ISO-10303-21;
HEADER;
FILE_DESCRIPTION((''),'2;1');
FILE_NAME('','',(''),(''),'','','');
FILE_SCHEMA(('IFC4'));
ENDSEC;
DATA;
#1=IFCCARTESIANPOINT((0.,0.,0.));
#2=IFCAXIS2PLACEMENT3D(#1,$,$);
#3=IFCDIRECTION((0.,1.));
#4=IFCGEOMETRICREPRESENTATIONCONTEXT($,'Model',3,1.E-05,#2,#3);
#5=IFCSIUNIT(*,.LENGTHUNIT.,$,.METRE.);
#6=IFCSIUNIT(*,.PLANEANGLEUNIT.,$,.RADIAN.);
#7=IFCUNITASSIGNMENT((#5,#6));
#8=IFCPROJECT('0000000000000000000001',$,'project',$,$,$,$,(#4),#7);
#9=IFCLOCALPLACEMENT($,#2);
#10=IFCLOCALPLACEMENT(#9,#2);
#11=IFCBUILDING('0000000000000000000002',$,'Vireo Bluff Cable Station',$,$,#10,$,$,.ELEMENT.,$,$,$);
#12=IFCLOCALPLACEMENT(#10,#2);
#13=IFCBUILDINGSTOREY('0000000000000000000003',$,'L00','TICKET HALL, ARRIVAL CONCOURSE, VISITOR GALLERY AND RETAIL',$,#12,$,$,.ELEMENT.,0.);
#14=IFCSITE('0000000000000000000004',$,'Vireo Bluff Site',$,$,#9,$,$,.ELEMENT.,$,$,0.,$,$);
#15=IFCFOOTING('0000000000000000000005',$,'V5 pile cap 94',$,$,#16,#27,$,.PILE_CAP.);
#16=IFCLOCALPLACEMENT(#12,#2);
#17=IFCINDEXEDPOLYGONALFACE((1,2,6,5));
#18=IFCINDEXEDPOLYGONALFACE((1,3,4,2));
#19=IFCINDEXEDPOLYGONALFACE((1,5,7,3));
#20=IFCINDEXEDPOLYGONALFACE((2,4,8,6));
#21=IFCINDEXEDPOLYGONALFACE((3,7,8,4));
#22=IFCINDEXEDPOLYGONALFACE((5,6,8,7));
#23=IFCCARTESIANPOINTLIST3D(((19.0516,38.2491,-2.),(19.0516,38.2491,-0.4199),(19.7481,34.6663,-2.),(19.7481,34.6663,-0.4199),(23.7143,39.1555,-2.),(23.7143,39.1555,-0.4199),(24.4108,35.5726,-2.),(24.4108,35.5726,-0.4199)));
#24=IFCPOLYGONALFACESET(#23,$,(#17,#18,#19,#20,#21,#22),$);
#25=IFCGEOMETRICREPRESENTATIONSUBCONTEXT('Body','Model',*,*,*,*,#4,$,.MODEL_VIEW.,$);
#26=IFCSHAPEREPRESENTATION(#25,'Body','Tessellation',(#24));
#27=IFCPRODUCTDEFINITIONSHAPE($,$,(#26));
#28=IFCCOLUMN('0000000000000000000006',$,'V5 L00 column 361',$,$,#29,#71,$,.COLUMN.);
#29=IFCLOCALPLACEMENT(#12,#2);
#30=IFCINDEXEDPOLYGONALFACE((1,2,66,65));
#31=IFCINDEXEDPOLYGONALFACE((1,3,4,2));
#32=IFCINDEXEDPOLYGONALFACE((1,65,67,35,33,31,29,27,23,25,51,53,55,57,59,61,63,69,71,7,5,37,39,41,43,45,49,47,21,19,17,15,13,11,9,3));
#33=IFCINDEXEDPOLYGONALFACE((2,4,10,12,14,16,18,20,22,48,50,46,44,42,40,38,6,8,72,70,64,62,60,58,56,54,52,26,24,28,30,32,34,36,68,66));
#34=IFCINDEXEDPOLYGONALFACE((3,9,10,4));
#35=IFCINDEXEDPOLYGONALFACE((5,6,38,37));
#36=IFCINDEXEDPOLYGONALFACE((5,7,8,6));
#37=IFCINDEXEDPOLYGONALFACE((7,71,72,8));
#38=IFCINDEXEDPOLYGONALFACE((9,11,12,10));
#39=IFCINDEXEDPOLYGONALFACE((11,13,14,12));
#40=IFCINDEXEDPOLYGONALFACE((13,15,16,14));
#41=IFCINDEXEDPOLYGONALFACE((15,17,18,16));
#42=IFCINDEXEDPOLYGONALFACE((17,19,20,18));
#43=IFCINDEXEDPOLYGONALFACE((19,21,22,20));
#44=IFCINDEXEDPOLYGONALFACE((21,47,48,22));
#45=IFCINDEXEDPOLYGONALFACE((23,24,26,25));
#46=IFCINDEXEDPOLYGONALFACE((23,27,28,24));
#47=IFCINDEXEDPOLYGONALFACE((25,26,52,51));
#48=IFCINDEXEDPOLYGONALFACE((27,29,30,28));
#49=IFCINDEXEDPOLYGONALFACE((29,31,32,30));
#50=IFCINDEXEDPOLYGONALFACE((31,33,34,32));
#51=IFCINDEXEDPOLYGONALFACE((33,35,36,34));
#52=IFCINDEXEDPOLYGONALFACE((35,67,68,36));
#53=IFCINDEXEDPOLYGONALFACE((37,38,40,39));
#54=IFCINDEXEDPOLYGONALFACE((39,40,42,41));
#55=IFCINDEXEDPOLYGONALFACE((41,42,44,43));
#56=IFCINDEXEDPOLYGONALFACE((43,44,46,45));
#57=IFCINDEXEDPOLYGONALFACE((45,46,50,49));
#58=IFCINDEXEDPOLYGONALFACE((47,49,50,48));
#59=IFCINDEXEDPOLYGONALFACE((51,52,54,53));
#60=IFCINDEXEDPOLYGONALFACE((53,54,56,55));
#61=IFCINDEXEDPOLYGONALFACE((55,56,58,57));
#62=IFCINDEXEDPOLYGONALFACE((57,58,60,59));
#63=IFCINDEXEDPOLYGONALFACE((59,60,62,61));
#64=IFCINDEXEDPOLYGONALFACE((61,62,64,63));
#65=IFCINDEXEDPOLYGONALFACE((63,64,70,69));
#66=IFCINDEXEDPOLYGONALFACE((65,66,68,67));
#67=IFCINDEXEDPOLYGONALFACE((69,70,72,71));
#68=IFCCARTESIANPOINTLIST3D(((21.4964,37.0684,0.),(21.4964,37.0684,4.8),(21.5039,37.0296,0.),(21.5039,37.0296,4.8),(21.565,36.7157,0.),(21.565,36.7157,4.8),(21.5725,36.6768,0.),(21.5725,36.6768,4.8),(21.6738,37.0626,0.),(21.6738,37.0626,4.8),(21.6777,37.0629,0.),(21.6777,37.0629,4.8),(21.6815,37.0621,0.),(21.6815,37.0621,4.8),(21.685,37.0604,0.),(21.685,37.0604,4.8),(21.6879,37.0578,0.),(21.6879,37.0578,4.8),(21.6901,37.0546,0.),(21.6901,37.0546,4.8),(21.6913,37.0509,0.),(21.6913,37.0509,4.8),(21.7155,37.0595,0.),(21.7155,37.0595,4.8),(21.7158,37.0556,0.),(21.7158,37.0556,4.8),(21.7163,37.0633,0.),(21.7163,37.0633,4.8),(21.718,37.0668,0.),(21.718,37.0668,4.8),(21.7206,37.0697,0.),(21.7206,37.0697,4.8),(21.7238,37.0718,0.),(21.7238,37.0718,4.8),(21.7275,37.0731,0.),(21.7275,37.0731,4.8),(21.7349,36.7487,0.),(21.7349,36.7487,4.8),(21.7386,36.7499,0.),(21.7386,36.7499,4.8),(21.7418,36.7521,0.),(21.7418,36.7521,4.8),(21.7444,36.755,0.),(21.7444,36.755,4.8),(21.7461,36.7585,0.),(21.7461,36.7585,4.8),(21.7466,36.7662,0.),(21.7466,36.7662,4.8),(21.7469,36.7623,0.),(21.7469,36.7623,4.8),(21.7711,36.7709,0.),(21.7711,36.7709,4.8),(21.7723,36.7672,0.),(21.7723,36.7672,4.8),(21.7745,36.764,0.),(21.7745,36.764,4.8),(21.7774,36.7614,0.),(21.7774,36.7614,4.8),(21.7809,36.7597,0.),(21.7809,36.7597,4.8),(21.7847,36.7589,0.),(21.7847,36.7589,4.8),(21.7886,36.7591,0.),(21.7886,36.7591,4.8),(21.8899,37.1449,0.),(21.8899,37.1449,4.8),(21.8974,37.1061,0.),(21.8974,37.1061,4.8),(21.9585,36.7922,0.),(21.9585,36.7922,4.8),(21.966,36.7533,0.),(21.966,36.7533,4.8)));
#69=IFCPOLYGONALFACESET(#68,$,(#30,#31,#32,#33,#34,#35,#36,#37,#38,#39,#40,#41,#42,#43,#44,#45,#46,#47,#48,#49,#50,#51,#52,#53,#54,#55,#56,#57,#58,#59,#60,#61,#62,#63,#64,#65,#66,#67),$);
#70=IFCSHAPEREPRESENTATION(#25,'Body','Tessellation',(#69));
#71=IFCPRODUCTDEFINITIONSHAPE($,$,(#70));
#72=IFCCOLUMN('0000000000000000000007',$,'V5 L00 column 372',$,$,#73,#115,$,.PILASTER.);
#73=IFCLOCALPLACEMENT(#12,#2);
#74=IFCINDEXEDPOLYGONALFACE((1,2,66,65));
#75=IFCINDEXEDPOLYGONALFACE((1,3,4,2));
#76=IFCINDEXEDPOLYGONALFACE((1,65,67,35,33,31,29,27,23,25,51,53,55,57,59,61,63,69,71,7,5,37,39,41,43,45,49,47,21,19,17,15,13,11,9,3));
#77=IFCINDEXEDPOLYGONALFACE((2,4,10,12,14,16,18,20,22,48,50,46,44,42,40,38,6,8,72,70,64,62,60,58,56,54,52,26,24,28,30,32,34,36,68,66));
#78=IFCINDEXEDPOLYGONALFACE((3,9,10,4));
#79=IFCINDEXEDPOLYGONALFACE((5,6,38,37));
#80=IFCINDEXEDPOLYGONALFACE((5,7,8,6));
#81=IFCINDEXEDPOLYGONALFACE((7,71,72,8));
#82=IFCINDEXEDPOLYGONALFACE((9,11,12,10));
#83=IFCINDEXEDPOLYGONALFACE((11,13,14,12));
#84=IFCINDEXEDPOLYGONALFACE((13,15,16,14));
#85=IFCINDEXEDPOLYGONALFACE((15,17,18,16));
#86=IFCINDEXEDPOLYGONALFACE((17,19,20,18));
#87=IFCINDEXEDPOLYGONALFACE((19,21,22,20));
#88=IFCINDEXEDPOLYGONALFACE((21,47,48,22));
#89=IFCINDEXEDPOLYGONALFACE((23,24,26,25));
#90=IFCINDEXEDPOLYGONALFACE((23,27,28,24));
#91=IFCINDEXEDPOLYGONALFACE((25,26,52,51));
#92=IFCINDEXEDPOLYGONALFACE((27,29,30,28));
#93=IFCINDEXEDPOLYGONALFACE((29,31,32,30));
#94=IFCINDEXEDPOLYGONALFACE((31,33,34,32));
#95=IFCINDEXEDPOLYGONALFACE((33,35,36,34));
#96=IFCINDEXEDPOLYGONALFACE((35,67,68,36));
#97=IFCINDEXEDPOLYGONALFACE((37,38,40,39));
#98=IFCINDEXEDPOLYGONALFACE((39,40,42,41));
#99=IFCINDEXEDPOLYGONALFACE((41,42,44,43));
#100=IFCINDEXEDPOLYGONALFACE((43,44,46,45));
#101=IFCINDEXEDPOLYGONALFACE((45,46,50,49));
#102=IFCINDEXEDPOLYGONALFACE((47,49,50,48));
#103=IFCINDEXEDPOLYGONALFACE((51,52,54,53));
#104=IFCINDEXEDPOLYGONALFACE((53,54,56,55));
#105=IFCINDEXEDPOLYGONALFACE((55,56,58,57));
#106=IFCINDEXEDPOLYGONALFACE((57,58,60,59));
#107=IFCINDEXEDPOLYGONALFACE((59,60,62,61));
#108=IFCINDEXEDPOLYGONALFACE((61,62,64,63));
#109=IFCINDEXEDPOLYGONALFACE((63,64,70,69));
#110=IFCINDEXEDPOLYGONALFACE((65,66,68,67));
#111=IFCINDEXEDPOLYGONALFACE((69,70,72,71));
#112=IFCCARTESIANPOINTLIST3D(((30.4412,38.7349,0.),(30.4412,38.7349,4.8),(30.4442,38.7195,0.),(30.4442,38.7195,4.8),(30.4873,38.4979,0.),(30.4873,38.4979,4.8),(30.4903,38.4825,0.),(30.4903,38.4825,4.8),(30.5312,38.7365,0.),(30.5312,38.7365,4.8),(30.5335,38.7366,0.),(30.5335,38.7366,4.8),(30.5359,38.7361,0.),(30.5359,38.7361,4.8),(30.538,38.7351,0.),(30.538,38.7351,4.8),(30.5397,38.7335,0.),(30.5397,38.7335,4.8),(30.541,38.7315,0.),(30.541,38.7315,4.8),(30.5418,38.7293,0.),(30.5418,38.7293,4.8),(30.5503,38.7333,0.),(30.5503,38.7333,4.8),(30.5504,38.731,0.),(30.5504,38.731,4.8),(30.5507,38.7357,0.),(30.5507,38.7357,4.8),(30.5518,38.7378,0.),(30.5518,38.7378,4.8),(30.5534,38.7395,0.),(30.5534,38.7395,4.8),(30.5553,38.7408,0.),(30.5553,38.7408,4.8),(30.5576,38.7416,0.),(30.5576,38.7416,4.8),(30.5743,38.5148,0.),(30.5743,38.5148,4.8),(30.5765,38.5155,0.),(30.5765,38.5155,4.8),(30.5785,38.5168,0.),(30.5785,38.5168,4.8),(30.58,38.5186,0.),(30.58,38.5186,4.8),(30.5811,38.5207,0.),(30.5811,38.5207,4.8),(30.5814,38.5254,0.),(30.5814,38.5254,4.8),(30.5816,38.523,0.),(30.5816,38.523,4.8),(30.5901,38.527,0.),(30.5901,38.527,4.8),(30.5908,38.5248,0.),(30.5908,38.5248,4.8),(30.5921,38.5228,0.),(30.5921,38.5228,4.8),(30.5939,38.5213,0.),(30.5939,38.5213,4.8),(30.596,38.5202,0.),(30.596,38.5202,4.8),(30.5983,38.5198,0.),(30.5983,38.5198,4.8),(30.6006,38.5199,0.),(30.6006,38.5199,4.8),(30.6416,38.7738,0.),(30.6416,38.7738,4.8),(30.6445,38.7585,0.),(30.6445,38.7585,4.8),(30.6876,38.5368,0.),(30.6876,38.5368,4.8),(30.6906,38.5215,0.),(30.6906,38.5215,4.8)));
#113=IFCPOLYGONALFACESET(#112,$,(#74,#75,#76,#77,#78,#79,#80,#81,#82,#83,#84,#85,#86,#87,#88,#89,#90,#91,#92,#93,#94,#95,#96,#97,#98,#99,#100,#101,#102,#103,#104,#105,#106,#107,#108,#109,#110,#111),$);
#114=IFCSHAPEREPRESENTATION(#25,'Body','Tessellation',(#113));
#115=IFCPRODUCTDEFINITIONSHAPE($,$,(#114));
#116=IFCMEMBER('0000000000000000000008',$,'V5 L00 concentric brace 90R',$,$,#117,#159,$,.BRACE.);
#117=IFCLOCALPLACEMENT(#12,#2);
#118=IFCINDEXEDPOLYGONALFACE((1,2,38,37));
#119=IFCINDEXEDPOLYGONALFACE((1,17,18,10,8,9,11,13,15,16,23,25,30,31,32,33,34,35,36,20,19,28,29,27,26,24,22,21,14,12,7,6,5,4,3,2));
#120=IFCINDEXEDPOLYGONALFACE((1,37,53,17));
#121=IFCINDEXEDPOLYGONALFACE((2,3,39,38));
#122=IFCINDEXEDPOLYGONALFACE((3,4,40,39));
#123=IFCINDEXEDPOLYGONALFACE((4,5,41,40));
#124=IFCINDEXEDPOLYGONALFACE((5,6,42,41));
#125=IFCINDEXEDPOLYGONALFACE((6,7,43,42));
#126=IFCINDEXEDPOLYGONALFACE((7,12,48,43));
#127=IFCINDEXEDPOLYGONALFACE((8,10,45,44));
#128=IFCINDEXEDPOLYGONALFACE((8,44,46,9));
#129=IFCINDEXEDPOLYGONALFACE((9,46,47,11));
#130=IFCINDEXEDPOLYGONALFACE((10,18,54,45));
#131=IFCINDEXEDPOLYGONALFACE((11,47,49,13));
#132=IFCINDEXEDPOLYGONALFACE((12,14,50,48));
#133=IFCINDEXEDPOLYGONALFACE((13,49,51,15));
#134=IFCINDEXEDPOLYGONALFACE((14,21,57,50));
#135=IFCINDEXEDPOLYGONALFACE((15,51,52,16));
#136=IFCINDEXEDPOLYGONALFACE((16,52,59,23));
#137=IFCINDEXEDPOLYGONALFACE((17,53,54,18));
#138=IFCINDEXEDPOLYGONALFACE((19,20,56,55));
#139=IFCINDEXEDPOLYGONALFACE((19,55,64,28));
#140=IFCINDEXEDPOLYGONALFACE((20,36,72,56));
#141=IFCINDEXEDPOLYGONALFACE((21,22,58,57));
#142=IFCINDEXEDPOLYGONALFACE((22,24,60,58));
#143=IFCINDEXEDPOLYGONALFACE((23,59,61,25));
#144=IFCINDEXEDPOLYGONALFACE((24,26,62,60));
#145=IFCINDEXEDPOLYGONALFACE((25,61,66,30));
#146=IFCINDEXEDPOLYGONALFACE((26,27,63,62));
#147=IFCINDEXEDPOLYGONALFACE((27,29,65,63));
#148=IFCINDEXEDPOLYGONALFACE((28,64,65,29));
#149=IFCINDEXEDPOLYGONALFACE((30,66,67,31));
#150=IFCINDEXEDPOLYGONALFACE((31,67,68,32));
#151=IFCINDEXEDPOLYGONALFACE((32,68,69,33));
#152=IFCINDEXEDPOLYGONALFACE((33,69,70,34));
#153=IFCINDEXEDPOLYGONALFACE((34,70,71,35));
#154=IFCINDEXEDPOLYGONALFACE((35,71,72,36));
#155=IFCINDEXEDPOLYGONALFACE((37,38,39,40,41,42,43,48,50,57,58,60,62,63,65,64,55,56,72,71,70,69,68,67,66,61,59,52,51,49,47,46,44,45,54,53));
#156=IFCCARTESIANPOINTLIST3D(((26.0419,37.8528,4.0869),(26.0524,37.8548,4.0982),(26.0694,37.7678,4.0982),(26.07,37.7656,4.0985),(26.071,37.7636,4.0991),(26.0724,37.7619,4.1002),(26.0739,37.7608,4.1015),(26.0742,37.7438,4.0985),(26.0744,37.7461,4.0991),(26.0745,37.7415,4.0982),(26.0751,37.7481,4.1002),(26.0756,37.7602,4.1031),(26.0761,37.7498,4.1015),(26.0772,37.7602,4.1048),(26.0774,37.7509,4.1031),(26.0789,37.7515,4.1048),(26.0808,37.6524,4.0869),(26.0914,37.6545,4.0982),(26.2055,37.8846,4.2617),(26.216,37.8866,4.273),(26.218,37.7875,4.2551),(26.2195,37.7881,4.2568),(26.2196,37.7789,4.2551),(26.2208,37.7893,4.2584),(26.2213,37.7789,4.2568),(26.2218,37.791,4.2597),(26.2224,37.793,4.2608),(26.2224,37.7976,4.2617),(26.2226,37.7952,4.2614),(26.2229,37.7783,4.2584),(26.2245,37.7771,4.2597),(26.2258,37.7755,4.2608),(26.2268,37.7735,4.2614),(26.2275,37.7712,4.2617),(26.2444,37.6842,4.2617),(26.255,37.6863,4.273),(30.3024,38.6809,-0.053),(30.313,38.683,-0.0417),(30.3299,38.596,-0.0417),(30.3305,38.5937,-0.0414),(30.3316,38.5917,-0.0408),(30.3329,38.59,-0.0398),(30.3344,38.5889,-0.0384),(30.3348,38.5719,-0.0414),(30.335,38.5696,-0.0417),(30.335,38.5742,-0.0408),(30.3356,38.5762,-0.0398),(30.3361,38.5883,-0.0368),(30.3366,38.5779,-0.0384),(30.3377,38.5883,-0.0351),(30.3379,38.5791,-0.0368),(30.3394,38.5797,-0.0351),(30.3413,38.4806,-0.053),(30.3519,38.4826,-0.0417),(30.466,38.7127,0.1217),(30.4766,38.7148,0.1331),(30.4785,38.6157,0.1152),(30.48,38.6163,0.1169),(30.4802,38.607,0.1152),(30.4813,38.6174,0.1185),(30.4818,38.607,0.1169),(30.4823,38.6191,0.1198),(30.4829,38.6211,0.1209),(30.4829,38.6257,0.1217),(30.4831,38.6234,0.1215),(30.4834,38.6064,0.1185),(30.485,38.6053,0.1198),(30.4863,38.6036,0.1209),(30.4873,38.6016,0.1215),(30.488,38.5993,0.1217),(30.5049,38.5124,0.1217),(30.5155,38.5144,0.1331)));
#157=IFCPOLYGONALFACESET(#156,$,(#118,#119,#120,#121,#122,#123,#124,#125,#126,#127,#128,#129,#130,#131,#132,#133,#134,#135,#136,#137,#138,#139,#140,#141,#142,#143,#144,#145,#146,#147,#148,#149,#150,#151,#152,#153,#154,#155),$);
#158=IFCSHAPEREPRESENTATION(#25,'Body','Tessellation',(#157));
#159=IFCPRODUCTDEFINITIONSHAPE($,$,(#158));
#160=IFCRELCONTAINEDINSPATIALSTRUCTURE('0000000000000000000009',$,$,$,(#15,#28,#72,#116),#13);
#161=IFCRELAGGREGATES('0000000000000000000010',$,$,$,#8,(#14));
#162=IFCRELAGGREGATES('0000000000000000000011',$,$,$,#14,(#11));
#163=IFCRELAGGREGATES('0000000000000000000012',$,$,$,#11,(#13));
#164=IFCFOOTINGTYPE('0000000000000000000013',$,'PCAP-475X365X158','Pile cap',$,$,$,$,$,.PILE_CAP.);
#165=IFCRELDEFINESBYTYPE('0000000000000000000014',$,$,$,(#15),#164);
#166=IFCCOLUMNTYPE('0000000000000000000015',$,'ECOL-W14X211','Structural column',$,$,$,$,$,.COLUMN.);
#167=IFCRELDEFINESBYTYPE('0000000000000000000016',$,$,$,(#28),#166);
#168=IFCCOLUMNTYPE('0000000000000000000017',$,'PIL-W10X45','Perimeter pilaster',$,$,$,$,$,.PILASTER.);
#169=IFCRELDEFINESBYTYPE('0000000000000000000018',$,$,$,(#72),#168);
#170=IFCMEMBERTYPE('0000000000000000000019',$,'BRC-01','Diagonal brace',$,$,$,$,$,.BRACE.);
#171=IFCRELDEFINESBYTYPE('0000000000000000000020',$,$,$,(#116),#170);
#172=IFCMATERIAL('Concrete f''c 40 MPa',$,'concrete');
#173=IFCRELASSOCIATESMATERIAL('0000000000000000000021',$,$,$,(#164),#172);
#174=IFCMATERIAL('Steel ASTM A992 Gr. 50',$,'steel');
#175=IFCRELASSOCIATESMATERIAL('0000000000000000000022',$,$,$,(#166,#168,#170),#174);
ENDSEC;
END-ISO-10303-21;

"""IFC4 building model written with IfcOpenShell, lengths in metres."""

from ifc_helpers import new_model, si_unit, direction, frame, origin, origin_2d, place, context, subcontext, project, spatial, rectangle, i_section, extrude, material, material_profile, profile_set, type_object, element, save


model = new_model("IFC4")

# Units and contexts
model_context = context("Model", 3, precision=1e-05, world=origin(), true_north=direction((0.0, 1.0)))
body_context = subcontext(model_context, "Body", "Model", "MODEL_VIEW")
ifc_project = project(units=[si_unit("LENGTHUNIT", "METRE"), si_unit("PLANEANGLEUNIT", "RADIAN")], contexts=[model_context])

# Site, building, storey
site_placement = place(None, origin())
site = spatial("IfcSite", under=ifc_project, at=site_placement, Name="Vireo Bluff Site", CompositionType="ELEMENT", RefElevation=0.0)
building_placement = place(site_placement, origin())
building = spatial("IfcBuilding", under=site, at=building_placement, Name="Vireo Bluff Cable Station", CompositionType="ELEMENT")
storey_placement = place(building_placement, origin())
storey = spatial("IfcBuildingStorey", under=building, at=storey_placement, Name="L00", Description="TICKET HALL, ARRIVAL CONCOURSE, VISITOR GALLERY AND RETAIL", CompositionType="ELEMENT", Elevation=0.0)

# Footing
ifc_material_1 = material(Name="Concrete f'c 40 MPa", Category="concrete")
footing_type_1 = type_object("IfcFootingType", Name="PCAP-475X365X158", Description="Pile cap", PredefinedType="PILE_CAP", material=ifc_material_1)
footing_1_placement = place(storey_placement, frame((21.7312, 36.9109, -2.0), z_axis=(0.0, 0.0, 1.0), x_axis=(0.981627, 0.190809, 0.0)))
element("IfcFooting", 1, at=footing_1_placement, inside=storey, type_object=footing_type_1, Name="V5 pile cap 94", PredefinedType="PILE_CAP", context=body_context, shape_type="SweptSolid", body=[
    extrude(rectangle(XDim=4.75, YDim=3.6499, at=origin_2d()), origin(), (0.0, 0.0, 1.0), 1.5801),
])

# Columns
ifc_material_2 = material(Name="Steel ASTM A992 Gr. 50", Category="steel")
ifc_material_profile_1 = material_profile(ifc_material_2, i_section(OverallWidth=0.4009, OverallDepth=0.3989, WebThickness=0.0249, FlangeThickness=0.0396, FilletRadius=0.0149, at=origin_2d()), Name="W14X211")
ifc_profile_set_1 = profile_set([ifc_material_profile_1], Name="Steel ASTM A992 Gr. 50")
column_type_1 = type_object("IfcColumnType", Name="ECOL-W14X211", Description="Structural column", PredefinedType="COLUMN", material=ifc_profile_set_1)
column_1_placement = place(storey_placement, frame((21.7312, 36.9109, 0.0), z_axis=(0.0, 0.0, 1.0), x_axis=(0.981627, 0.190809, 0.0)))
element("IfcColumn", 2, at=column_1_placement, inside=storey, type_object=column_type_1, Name="V5 L00 column 361", PredefinedType="COLUMN", context=body_context, shape_type="SweptSolid", body=[
    extrude(i_section(OverallWidth=0.4009, OverallDepth=0.3989, WebThickness=0.0249, FlangeThickness=0.0396, FilletRadius=0.0149, at=origin_2d()), origin(), (0.0, 0.0, 1.0), 4.8),
])
ifc_material_profile_2 = material_profile(ifc_material_2, i_section(OverallWidth=0.2041, OverallDepth=0.2571, WebThickness=0.0088, FlangeThickness=0.0156, FilletRadius=0.009, at=origin_2d()), Name="W10X45")
ifc_profile_set_2 = profile_set([ifc_material_profile_2], Name="Steel ASTM A992 Gr. 50")
column_type_2 = type_object("IfcColumnType", Name="PIL-W10X45", Description="Perimeter pilaster", PredefinedType="PILASTER", material=ifc_profile_set_2)
column_2_placement = place(storey_placement, frame((30.5659, 38.6282, 0.0), z_axis=(0.0, 0.0, 1.0), x_axis=(0.981627, 0.190809, 0.0)))
element("IfcColumn", 3, at=column_2_placement, inside=storey, type_object=column_type_2, Name="V5 L00 column 372", PredefinedType="PILASTER", context=body_context, shape_type="SweptSolid", body=[
    extrude(i_section(OverallWidth=0.2041, OverallDepth=0.2571, WebThickness=0.0088, FlangeThickness=0.0156, FilletRadius=0.009, at=origin_2d()), origin(), (0.0, 0.0, 1.0), 4.8),
])

# Member
ifc_material_profile_3 = material_profile(ifc_material_2, i_section(OverallWidth=0.2041, OverallDepth=0.2571, WebThickness=0.0088, FlangeThickness=0.0156, FilletRadius=0.009, at=origin_2d()), Name="W10X45")
ifc_profile_set_3 = profile_set([ifc_material_profile_3], Name="Steel ASTM A992 Gr. 50")
member_type_1 = type_object("IfcMemberType", Name="BRC-01", Description="Diagonal brace", PredefinedType="BRACE", material=ifc_profile_set_3)
member_1_placement = place(storey_placement, frame((30.4089, 38.5977, 0.04), z_axis=(-0.710316, -0.138066, 0.690209), x_axis=(0.190802, -0.981629, 0.0)))
element("IfcMember", 4, at=member_1_placement, inside=storey, type_object=member_type_1, Name="V5 L00 concentric brace 90R", PredefinedType="BRACE", context=body_context, shape_type="SweptSolid", body=[
    extrude(i_section(OverallWidth=0.2041, OverallDepth=0.2571, WebThickness=0.0088, FlangeThickness=0.0156, FilletRadius=0.009, at=origin_2d()), origin(), (0.0, 0.0, 1.0), 5.998),
])

save(model, "model.ifc")
